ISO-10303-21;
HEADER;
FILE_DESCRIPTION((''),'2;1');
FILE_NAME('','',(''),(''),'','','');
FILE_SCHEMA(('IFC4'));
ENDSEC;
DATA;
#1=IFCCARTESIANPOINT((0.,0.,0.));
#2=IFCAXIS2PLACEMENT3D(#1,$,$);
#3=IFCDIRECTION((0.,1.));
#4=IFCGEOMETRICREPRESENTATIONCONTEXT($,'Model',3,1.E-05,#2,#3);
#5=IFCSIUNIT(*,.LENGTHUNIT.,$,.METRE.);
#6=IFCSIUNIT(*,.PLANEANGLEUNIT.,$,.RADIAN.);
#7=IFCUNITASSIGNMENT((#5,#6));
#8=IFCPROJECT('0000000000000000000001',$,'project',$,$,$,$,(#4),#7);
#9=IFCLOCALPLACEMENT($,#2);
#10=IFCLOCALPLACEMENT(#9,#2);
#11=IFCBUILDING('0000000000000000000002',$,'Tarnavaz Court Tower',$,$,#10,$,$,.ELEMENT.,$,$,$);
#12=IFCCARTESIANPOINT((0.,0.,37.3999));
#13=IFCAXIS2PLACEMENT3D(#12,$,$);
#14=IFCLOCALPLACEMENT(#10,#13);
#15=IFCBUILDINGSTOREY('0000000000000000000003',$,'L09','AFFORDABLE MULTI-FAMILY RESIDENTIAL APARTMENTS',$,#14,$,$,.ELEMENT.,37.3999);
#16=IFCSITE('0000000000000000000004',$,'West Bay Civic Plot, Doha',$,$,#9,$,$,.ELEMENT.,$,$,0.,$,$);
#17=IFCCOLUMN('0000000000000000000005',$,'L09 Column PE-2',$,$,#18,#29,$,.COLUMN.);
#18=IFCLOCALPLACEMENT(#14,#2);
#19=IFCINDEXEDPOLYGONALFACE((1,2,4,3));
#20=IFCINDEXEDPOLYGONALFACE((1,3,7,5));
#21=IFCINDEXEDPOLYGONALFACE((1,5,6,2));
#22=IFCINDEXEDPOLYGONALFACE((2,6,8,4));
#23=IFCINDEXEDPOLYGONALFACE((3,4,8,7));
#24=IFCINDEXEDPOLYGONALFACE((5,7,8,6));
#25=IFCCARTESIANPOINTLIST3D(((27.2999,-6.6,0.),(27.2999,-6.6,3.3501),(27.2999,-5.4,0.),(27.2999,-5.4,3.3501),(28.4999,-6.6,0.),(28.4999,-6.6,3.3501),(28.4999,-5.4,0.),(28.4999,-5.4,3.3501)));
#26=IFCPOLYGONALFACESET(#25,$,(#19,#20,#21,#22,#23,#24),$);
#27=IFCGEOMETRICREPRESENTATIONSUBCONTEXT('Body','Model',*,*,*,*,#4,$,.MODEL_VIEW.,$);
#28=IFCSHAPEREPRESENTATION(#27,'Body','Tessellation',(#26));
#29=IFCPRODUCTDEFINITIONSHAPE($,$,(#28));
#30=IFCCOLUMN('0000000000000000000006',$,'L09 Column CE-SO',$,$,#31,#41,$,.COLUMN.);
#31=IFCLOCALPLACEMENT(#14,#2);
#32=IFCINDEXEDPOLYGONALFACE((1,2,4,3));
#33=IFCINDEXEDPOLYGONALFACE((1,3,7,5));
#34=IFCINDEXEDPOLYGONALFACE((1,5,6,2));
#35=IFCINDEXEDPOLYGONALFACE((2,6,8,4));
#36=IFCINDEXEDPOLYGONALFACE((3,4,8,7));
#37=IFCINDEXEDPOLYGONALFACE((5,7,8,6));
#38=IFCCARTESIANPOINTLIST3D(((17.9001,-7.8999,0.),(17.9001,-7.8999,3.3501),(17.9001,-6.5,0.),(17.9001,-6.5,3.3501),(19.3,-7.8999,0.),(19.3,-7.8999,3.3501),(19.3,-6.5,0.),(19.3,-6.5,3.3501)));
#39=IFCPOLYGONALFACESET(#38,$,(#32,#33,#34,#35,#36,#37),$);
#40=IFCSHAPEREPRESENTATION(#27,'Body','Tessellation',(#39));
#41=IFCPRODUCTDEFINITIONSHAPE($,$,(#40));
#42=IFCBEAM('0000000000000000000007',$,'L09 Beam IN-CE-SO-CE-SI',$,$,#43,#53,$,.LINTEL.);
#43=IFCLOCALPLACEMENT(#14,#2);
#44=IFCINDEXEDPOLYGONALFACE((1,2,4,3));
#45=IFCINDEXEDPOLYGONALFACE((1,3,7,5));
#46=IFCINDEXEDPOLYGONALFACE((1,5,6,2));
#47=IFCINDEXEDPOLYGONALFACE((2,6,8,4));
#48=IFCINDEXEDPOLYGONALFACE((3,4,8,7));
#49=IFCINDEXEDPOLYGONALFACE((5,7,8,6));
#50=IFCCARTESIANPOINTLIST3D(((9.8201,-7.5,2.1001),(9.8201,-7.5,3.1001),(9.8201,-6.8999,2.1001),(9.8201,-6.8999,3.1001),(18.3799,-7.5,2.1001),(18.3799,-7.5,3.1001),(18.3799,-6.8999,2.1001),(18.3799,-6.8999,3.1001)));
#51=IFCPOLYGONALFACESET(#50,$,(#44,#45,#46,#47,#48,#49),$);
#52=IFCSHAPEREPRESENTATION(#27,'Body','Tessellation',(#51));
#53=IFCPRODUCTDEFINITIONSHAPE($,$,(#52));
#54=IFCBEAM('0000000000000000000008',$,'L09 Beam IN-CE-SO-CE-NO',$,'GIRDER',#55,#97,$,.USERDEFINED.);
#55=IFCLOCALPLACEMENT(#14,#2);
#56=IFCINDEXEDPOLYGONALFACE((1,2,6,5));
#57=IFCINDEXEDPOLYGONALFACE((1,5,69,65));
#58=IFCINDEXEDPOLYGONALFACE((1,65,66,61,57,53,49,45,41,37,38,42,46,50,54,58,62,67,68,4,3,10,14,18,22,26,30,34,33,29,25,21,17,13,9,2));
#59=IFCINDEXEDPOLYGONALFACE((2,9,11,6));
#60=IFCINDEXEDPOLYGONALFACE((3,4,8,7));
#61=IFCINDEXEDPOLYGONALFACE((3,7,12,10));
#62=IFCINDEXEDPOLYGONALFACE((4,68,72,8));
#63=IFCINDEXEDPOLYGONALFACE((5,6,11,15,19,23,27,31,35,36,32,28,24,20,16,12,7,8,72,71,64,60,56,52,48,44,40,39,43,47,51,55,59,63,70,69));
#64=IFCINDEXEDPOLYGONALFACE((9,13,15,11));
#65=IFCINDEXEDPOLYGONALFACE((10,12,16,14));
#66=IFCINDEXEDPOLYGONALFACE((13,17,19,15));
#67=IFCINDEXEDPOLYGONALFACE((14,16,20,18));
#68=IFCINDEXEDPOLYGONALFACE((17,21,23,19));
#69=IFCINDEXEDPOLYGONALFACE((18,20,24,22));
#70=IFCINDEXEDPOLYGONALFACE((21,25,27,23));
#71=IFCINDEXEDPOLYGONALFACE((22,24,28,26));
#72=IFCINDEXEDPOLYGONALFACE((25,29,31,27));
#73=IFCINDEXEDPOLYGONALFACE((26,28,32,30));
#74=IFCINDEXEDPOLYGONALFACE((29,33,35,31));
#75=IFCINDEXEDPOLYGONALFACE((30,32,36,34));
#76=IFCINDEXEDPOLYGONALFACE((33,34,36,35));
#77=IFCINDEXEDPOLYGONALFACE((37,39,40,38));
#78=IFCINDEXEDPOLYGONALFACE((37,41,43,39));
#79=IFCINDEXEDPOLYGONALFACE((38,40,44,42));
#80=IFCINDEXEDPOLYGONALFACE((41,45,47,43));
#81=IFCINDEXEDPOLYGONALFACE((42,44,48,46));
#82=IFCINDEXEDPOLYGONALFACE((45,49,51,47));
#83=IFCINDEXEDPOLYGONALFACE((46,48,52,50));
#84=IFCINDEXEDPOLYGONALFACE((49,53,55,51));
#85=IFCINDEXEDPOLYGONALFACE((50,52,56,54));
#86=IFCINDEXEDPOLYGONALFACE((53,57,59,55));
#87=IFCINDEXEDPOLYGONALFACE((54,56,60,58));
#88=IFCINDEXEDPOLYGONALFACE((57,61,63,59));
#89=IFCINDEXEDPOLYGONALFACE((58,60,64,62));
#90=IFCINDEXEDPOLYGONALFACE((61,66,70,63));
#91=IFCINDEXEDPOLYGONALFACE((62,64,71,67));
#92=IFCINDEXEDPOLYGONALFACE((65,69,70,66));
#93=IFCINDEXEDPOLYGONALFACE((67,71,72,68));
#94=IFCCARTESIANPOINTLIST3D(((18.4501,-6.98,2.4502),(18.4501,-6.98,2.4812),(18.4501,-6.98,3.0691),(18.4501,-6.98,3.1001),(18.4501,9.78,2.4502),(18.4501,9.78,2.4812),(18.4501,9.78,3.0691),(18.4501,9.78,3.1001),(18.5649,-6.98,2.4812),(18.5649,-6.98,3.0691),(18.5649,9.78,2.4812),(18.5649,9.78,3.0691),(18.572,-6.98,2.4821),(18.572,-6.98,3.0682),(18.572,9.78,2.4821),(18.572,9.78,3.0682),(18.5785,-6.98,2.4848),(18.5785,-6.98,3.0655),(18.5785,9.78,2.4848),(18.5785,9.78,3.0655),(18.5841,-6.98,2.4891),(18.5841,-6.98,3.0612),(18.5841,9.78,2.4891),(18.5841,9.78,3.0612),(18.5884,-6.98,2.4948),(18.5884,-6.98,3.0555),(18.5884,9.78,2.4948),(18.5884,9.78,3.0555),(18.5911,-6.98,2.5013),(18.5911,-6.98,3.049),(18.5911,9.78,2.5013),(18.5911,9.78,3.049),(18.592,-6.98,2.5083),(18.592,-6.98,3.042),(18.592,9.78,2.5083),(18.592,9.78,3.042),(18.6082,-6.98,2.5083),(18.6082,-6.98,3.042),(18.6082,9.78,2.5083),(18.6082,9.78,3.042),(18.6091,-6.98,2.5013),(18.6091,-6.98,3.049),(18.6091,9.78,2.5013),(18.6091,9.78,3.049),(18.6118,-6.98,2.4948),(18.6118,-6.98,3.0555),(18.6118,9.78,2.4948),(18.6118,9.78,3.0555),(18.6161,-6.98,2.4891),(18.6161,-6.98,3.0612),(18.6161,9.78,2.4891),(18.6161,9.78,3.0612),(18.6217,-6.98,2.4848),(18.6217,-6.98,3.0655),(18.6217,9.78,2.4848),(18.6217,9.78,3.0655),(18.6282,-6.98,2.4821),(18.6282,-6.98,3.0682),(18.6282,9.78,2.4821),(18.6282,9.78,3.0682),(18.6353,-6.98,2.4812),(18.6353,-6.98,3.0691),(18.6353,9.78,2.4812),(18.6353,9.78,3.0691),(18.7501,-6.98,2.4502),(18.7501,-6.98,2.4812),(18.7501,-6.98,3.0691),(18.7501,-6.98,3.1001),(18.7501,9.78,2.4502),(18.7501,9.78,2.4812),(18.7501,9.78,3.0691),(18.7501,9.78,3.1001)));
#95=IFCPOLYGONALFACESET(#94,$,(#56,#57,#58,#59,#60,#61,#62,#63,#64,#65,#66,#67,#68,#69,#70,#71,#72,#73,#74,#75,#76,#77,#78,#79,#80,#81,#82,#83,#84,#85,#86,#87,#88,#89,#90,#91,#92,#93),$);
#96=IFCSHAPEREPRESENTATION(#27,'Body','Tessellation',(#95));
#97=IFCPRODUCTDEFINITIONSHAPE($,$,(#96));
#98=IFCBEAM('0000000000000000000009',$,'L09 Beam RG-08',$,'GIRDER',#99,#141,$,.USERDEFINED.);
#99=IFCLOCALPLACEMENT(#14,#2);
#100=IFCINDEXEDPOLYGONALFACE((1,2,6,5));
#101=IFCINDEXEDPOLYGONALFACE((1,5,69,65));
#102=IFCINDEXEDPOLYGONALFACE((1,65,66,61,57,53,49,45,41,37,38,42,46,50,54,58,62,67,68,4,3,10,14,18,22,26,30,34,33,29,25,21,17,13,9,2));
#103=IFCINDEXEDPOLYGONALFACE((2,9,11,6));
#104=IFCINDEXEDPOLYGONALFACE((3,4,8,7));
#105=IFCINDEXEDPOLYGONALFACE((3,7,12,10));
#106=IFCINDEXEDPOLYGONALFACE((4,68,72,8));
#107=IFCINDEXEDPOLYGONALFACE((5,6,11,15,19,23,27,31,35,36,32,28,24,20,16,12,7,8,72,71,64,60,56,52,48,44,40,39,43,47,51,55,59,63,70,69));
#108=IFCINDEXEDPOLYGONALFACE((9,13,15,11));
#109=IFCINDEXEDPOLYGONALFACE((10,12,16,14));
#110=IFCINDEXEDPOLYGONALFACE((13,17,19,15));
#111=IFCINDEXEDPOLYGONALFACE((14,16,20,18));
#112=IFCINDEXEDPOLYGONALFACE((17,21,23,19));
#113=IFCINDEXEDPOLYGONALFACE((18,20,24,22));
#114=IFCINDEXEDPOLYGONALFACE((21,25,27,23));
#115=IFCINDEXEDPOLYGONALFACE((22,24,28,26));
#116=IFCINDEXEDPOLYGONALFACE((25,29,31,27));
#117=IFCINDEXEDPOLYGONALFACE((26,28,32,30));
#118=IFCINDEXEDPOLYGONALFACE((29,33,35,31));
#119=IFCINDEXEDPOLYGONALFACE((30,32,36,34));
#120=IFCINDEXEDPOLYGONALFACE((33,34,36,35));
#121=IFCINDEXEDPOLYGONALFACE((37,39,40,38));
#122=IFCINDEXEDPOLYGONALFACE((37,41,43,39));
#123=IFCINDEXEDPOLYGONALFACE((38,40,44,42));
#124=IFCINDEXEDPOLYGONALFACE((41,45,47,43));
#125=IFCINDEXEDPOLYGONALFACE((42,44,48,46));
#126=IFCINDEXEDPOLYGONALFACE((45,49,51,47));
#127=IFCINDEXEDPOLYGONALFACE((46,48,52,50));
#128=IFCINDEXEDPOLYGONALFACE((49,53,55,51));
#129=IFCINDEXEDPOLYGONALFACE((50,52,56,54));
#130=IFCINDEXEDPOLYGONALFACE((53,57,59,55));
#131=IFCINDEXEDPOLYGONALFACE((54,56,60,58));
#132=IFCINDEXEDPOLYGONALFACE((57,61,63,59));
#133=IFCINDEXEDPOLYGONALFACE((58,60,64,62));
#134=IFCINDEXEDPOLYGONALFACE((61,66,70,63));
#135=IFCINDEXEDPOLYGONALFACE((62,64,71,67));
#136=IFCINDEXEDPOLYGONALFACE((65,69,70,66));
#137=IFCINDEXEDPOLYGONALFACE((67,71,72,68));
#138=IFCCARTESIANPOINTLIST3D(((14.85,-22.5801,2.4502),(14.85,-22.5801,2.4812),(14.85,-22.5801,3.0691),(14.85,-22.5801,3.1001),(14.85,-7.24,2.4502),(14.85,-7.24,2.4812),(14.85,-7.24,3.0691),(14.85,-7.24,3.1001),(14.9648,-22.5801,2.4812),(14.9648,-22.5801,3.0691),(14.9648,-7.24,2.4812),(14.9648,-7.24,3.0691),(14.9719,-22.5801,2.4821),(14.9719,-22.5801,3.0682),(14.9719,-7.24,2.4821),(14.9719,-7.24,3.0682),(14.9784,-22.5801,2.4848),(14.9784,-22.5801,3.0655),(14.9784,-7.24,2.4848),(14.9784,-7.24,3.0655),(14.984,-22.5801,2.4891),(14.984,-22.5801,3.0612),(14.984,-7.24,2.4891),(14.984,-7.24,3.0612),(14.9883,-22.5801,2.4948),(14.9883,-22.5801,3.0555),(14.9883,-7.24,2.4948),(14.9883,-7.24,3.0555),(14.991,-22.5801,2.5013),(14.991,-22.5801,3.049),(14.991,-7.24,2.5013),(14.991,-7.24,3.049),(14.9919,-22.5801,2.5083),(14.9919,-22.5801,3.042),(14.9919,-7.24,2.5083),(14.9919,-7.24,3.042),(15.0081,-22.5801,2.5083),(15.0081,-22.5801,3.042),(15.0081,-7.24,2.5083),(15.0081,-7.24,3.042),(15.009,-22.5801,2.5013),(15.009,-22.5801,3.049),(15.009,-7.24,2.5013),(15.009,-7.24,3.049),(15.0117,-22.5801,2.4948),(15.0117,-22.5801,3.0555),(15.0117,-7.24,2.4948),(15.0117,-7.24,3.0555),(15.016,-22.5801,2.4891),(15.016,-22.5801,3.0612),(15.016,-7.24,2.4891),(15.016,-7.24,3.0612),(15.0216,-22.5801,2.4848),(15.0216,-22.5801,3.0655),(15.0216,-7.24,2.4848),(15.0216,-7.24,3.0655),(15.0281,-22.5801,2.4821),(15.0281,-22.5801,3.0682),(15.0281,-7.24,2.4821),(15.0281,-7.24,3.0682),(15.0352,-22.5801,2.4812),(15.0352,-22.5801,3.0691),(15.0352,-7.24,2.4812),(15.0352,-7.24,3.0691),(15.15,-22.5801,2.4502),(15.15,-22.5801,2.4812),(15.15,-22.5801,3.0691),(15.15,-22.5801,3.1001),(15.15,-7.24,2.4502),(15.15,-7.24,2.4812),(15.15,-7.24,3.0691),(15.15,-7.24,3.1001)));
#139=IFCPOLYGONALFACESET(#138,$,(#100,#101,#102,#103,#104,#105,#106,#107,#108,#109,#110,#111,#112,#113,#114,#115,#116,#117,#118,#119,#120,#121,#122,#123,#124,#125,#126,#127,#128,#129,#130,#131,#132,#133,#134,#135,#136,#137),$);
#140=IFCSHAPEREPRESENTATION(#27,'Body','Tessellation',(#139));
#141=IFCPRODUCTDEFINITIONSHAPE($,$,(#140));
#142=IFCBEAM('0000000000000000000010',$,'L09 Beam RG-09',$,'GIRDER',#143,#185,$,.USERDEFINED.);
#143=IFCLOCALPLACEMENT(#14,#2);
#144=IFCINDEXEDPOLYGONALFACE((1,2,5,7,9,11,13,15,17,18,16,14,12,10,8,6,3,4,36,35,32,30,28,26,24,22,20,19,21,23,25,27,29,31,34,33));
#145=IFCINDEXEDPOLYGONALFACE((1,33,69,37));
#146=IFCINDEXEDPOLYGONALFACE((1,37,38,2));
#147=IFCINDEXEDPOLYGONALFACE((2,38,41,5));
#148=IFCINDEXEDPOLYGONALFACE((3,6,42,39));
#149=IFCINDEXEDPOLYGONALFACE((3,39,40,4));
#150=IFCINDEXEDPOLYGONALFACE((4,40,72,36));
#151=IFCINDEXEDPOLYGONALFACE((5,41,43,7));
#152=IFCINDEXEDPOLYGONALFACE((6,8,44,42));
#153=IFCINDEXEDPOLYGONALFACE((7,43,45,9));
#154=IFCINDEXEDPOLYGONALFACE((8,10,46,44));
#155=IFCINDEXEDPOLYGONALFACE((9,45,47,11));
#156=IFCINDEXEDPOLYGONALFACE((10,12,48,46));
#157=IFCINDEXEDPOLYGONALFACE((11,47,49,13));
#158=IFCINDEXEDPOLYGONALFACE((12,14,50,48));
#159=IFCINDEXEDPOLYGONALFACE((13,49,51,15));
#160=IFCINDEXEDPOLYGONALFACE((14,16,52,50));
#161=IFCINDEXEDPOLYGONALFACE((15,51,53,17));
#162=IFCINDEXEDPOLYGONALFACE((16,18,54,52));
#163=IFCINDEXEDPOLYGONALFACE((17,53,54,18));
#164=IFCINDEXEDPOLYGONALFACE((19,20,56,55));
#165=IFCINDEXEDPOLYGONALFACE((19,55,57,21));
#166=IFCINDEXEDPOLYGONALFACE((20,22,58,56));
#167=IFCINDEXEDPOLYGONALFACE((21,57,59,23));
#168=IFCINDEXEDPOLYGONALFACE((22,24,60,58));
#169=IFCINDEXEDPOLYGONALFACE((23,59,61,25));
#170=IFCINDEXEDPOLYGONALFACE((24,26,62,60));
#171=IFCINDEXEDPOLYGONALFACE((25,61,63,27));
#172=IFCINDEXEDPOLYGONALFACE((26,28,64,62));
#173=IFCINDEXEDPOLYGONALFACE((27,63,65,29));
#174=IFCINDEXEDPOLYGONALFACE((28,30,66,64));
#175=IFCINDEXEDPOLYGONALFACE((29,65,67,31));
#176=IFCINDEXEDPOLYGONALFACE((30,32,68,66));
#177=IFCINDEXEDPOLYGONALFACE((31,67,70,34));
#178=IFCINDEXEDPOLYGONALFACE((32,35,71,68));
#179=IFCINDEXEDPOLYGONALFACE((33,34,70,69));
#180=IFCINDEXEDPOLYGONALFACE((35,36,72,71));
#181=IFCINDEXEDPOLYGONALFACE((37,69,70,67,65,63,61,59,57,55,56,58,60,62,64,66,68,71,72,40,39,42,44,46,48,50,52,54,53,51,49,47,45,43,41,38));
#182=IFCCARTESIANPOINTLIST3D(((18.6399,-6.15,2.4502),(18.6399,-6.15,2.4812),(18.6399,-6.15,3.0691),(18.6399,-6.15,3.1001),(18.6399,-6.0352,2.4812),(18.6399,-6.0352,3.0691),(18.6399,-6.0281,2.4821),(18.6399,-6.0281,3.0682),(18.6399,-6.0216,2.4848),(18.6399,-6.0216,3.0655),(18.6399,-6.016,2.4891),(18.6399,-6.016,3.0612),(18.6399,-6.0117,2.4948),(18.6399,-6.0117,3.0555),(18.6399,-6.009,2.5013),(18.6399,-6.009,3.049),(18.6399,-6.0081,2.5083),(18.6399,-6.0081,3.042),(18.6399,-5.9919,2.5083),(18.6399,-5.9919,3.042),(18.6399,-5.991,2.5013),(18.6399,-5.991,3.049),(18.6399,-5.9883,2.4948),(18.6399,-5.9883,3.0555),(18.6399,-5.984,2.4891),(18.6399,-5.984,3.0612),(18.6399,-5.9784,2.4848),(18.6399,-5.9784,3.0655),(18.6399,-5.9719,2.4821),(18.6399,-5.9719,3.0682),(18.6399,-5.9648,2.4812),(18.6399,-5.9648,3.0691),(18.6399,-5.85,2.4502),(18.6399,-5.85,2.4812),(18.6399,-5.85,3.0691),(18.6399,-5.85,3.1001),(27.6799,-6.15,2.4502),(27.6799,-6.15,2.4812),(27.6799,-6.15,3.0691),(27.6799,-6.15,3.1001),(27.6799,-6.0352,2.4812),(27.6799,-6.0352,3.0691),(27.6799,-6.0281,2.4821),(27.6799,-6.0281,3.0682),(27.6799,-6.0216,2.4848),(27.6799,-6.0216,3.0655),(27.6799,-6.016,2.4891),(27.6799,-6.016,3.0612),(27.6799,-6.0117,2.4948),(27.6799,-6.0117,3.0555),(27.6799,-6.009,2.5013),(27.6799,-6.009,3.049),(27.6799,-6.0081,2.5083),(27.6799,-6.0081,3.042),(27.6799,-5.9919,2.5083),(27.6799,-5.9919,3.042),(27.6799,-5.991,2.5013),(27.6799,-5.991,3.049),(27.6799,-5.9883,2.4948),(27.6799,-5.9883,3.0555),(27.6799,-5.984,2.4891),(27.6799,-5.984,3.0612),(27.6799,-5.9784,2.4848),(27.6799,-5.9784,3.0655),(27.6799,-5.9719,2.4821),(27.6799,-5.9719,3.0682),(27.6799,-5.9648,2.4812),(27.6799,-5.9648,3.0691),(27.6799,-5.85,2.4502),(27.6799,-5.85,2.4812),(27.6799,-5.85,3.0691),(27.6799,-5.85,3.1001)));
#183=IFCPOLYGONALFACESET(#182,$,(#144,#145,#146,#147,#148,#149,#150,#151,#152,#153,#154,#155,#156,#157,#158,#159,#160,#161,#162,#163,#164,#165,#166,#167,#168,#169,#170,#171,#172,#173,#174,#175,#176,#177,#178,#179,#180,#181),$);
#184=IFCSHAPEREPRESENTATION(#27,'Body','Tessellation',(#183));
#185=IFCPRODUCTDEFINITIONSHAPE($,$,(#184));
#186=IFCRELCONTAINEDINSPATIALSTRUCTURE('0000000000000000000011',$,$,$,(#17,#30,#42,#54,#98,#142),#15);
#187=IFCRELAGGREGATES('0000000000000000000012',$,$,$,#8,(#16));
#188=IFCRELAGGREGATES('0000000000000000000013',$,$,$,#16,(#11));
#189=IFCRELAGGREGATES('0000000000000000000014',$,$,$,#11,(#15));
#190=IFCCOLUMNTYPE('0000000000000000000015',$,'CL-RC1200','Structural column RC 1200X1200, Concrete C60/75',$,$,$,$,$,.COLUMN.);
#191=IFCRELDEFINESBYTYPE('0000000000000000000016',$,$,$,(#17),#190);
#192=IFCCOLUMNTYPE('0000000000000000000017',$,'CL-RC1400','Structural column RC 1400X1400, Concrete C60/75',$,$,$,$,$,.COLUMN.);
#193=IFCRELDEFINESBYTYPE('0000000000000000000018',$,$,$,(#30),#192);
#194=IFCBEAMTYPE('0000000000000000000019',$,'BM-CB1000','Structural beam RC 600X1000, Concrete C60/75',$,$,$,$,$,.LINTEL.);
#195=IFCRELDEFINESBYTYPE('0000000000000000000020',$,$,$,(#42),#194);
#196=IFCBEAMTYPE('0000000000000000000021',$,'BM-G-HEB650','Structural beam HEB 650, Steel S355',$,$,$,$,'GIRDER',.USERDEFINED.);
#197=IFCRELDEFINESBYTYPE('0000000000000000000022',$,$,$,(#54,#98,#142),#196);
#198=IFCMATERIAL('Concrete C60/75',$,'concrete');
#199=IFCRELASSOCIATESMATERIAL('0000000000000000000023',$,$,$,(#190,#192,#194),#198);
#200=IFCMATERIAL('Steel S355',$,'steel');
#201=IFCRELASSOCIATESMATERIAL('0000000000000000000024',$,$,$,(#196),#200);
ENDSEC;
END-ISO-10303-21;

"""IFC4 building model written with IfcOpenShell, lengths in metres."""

from ifc_helpers import new_model, si_unit, direction, frame, origin, origin_2d, place, context, subcontext, project, spatial, rectangle, i_section, extrude, material, material_profile, profile_set, type_object, element, save


model = new_model("IFC4")

# Units and contexts
model_context = context("Model", 3, precision=1e-05, world=origin(), true_north=direction((0.0, 1.0)))
body_context = subcontext(model_context, "Body", "Model", "MODEL_VIEW")
ifc_project = project(units=[si_unit("LENGTHUNIT", "METRE"), si_unit("PLANEANGLEUNIT", "RADIAN")], contexts=[model_context])

# Site, building, storey
site_placement = place(None, origin())
site = spatial("IfcSite", under=ifc_project, at=site_placement, Name="West Bay Civic Plot, Doha", CompositionType="ELEMENT", RefElevation=0.0)
building_placement = place(site_placement, origin())
building = spatial("IfcBuilding", under=site, at=building_placement, Name="Tarnavaz Court Tower", CompositionType="ELEMENT")
storey_placement = place(building_placement, frame((0.0, 0.0, 37.3999)))
storey = spatial("IfcBuildingStorey", under=building, at=storey_placement, Name="L09", Description="AFFORDABLE MULTI-FAMILY RESIDENTIAL APARTMENTS", CompositionType="ELEMENT", Elevation=37.3999)

# Columns
ifc_material_1 = material(Name="Concrete C60/75", Category="concrete")
ifc_material_profile_1 = material_profile(ifc_material_1, rectangle(XDim=1.2, YDim=1.2, at=origin_2d()), Name="RC 1200X1200")
ifc_profile_set_1 = profile_set([ifc_material_profile_1], Name="Concrete C60/75")
column_type_1 = type_object("IfcColumnType", Name="CL-RC1200", Description="Structural column RC 1200X1200, Concrete C60/75", PredefinedType="COLUMN", material=ifc_profile_set_1)
column_1_placement = place(storey_placement, frame((27.8999, -6.0, 0.0), z_axis=(0.0, 0.0, 1.0), x_axis=(1.0, 0.0, 0.0)))
element("IfcColumn", 1, at=column_1_placement, inside=storey, type_object=column_type_1, Name="L09 Column PE-2", PredefinedType="COLUMN", context=body_context, shape_type="SweptSolid", body=[
    extrude(rectangle(XDim=1.2, YDim=1.2, at=origin_2d()), origin(), (0.0, 0.0, 1.0), 3.3501),
])
ifc_material_profile_2 = material_profile(ifc_material_1, rectangle(XDim=1.3999, YDim=1.3999, at=origin_2d()), Name="RC 1400X1400")
ifc_profile_set_2 = profile_set([ifc_material_profile_2], Name="Concrete C60/75")
column_type_2 = type_object("IfcColumnType", Name="CL-RC1400", Description="Structural column RC 1400X1400, Concrete C60/75", PredefinedType="COLUMN", material=ifc_profile_set_2)
column_2_placement = place(storey_placement, frame((18.6001, -7.2, 0.0), z_axis=(0.0, 0.0, 1.0), x_axis=(1.0, 0.0, 0.0)))
element("IfcColumn", 2, at=column_2_placement, inside=storey, type_object=column_type_2, Name="L09 Column CE-SO", PredefinedType="COLUMN", context=body_context, shape_type="SweptSolid", body=[
    extrude(rectangle(XDim=1.3999, YDim=1.3999, at=origin_2d()), origin(), (0.0, 0.0, 1.0), 3.3501),
])

# Beams
ifc_material_profile_3 = material_profile(ifc_material_1, rectangle(XDim=0.6001, YDim=1.0, at=origin_2d()), Name="RC 600X1000")
ifc_profile_set_3 = profile_set([ifc_material_profile_3], Name="Concrete C60/75")
beam_type_1 = type_object("IfcBeamType", Name="BM-CB1000", Description="Structural beam RC 600X1000, Concrete C60/75", PredefinedType="LINTEL", material=ifc_profile_set_3)
beam_1_placement = place(storey_placement, frame((18.3799, -7.2, 2.6001), z_axis=(-1.0, 0.0, 0.0), x_axis=(0.0, -1.0, 0.0)))
element("IfcBeam", 3, at=beam_1_placement, inside=storey, type_object=beam_type_1, Name="L09 Beam IN-CE-SO-CE-SI", PredefinedType="LINTEL", context=body_context, shape_type="SweptSolid", body=[
    extrude(rectangle(XDim=0.6001, YDim=1.0, at=origin_2d()), origin(), (0.0, 0.0, 1.0), 8.5598),
])
ifc_material_2 = material(Name="Steel S355", Category="steel")
ifc_material_profile_4 = material_profile(ifc_material_2, i_section(OverallWidth=0.3, OverallDepth=0.6499, WebThickness=0.0161, FlangeThickness=0.031, FilletRadius=0.0271, at=origin_2d()), Name="HEB 650")
ifc_profile_set_4 = profile_set([ifc_material_profile_4], Name="Steel S355")
beam_type_2 = type_object("IfcBeamType", Name="BM-G-HEB650", Description="Structural beam HEB 650, Steel S355", ElementType="GIRDER", PredefinedType="USERDEFINED", material=ifc_profile_set_4)
beam_2_placement = place(storey_placement, frame((18.6001, -6.98, 2.7751), z_axis=(0.0, 1.0, 0.0), x_axis=(-1.0, 0.0, 0.0)))
element("IfcBeam", 4, at=beam_2_placement, inside=storey, type_object=beam_type_2, Name="L09 Beam IN-CE-SO-CE-NO", ObjectType="GIRDER", PredefinedType="USERDEFINED", context=body_context, shape_type="SweptSolid", body=[
    extrude(i_section(OverallWidth=0.3, OverallDepth=0.6499, WebThickness=0.0161, FlangeThickness=0.031, FilletRadius=0.0271, at=origin_2d()), origin(), (0.0, 0.0, 1.0), 16.76),
])
beam_3_placement = place(storey_placement, frame((15.0, -7.24, 2.7751), z_axis=(0.0, -1.0, 0.0), x_axis=(1.0, 0.0, 0.0)))
element("IfcBeam", 5, at=beam_3_placement, inside=storey, type_object=beam_type_2, Name="L09 Beam RG-08", ObjectType="GIRDER", PredefinedType="USERDEFINED", context=body_context, shape_type="SweptSolid", body=[
    extrude(i_section(OverallWidth=0.3, OverallDepth=0.6499, WebThickness=0.0161, FlangeThickness=0.031, FilletRadius=0.0271, at=origin_2d()), origin(), (0.0, 0.0, 1.0), 15.3401),
])
beam_4_placement = place(storey_placement, frame((18.6399, -6.0, 2.7751), z_axis=(1.0, 0.0, 0.0), x_axis=(0.0, 1.0, 0.0)))
element("IfcBeam", 6, at=beam_4_placement, inside=storey, type_object=beam_type_2, Name="L09 Beam RG-09", ObjectType="GIRDER", PredefinedType="USERDEFINED", context=body_context, shape_type="SweptSolid", body=[
    extrude(i_section(OverallWidth=0.3, OverallDepth=0.6499, WebThickness=0.0161, FlangeThickness=0.031, FilletRadius=0.0271, at=origin_2d()), origin(), (0.0, 0.0, 1.0), 9.04),
])

save(model, "model.ifc")
